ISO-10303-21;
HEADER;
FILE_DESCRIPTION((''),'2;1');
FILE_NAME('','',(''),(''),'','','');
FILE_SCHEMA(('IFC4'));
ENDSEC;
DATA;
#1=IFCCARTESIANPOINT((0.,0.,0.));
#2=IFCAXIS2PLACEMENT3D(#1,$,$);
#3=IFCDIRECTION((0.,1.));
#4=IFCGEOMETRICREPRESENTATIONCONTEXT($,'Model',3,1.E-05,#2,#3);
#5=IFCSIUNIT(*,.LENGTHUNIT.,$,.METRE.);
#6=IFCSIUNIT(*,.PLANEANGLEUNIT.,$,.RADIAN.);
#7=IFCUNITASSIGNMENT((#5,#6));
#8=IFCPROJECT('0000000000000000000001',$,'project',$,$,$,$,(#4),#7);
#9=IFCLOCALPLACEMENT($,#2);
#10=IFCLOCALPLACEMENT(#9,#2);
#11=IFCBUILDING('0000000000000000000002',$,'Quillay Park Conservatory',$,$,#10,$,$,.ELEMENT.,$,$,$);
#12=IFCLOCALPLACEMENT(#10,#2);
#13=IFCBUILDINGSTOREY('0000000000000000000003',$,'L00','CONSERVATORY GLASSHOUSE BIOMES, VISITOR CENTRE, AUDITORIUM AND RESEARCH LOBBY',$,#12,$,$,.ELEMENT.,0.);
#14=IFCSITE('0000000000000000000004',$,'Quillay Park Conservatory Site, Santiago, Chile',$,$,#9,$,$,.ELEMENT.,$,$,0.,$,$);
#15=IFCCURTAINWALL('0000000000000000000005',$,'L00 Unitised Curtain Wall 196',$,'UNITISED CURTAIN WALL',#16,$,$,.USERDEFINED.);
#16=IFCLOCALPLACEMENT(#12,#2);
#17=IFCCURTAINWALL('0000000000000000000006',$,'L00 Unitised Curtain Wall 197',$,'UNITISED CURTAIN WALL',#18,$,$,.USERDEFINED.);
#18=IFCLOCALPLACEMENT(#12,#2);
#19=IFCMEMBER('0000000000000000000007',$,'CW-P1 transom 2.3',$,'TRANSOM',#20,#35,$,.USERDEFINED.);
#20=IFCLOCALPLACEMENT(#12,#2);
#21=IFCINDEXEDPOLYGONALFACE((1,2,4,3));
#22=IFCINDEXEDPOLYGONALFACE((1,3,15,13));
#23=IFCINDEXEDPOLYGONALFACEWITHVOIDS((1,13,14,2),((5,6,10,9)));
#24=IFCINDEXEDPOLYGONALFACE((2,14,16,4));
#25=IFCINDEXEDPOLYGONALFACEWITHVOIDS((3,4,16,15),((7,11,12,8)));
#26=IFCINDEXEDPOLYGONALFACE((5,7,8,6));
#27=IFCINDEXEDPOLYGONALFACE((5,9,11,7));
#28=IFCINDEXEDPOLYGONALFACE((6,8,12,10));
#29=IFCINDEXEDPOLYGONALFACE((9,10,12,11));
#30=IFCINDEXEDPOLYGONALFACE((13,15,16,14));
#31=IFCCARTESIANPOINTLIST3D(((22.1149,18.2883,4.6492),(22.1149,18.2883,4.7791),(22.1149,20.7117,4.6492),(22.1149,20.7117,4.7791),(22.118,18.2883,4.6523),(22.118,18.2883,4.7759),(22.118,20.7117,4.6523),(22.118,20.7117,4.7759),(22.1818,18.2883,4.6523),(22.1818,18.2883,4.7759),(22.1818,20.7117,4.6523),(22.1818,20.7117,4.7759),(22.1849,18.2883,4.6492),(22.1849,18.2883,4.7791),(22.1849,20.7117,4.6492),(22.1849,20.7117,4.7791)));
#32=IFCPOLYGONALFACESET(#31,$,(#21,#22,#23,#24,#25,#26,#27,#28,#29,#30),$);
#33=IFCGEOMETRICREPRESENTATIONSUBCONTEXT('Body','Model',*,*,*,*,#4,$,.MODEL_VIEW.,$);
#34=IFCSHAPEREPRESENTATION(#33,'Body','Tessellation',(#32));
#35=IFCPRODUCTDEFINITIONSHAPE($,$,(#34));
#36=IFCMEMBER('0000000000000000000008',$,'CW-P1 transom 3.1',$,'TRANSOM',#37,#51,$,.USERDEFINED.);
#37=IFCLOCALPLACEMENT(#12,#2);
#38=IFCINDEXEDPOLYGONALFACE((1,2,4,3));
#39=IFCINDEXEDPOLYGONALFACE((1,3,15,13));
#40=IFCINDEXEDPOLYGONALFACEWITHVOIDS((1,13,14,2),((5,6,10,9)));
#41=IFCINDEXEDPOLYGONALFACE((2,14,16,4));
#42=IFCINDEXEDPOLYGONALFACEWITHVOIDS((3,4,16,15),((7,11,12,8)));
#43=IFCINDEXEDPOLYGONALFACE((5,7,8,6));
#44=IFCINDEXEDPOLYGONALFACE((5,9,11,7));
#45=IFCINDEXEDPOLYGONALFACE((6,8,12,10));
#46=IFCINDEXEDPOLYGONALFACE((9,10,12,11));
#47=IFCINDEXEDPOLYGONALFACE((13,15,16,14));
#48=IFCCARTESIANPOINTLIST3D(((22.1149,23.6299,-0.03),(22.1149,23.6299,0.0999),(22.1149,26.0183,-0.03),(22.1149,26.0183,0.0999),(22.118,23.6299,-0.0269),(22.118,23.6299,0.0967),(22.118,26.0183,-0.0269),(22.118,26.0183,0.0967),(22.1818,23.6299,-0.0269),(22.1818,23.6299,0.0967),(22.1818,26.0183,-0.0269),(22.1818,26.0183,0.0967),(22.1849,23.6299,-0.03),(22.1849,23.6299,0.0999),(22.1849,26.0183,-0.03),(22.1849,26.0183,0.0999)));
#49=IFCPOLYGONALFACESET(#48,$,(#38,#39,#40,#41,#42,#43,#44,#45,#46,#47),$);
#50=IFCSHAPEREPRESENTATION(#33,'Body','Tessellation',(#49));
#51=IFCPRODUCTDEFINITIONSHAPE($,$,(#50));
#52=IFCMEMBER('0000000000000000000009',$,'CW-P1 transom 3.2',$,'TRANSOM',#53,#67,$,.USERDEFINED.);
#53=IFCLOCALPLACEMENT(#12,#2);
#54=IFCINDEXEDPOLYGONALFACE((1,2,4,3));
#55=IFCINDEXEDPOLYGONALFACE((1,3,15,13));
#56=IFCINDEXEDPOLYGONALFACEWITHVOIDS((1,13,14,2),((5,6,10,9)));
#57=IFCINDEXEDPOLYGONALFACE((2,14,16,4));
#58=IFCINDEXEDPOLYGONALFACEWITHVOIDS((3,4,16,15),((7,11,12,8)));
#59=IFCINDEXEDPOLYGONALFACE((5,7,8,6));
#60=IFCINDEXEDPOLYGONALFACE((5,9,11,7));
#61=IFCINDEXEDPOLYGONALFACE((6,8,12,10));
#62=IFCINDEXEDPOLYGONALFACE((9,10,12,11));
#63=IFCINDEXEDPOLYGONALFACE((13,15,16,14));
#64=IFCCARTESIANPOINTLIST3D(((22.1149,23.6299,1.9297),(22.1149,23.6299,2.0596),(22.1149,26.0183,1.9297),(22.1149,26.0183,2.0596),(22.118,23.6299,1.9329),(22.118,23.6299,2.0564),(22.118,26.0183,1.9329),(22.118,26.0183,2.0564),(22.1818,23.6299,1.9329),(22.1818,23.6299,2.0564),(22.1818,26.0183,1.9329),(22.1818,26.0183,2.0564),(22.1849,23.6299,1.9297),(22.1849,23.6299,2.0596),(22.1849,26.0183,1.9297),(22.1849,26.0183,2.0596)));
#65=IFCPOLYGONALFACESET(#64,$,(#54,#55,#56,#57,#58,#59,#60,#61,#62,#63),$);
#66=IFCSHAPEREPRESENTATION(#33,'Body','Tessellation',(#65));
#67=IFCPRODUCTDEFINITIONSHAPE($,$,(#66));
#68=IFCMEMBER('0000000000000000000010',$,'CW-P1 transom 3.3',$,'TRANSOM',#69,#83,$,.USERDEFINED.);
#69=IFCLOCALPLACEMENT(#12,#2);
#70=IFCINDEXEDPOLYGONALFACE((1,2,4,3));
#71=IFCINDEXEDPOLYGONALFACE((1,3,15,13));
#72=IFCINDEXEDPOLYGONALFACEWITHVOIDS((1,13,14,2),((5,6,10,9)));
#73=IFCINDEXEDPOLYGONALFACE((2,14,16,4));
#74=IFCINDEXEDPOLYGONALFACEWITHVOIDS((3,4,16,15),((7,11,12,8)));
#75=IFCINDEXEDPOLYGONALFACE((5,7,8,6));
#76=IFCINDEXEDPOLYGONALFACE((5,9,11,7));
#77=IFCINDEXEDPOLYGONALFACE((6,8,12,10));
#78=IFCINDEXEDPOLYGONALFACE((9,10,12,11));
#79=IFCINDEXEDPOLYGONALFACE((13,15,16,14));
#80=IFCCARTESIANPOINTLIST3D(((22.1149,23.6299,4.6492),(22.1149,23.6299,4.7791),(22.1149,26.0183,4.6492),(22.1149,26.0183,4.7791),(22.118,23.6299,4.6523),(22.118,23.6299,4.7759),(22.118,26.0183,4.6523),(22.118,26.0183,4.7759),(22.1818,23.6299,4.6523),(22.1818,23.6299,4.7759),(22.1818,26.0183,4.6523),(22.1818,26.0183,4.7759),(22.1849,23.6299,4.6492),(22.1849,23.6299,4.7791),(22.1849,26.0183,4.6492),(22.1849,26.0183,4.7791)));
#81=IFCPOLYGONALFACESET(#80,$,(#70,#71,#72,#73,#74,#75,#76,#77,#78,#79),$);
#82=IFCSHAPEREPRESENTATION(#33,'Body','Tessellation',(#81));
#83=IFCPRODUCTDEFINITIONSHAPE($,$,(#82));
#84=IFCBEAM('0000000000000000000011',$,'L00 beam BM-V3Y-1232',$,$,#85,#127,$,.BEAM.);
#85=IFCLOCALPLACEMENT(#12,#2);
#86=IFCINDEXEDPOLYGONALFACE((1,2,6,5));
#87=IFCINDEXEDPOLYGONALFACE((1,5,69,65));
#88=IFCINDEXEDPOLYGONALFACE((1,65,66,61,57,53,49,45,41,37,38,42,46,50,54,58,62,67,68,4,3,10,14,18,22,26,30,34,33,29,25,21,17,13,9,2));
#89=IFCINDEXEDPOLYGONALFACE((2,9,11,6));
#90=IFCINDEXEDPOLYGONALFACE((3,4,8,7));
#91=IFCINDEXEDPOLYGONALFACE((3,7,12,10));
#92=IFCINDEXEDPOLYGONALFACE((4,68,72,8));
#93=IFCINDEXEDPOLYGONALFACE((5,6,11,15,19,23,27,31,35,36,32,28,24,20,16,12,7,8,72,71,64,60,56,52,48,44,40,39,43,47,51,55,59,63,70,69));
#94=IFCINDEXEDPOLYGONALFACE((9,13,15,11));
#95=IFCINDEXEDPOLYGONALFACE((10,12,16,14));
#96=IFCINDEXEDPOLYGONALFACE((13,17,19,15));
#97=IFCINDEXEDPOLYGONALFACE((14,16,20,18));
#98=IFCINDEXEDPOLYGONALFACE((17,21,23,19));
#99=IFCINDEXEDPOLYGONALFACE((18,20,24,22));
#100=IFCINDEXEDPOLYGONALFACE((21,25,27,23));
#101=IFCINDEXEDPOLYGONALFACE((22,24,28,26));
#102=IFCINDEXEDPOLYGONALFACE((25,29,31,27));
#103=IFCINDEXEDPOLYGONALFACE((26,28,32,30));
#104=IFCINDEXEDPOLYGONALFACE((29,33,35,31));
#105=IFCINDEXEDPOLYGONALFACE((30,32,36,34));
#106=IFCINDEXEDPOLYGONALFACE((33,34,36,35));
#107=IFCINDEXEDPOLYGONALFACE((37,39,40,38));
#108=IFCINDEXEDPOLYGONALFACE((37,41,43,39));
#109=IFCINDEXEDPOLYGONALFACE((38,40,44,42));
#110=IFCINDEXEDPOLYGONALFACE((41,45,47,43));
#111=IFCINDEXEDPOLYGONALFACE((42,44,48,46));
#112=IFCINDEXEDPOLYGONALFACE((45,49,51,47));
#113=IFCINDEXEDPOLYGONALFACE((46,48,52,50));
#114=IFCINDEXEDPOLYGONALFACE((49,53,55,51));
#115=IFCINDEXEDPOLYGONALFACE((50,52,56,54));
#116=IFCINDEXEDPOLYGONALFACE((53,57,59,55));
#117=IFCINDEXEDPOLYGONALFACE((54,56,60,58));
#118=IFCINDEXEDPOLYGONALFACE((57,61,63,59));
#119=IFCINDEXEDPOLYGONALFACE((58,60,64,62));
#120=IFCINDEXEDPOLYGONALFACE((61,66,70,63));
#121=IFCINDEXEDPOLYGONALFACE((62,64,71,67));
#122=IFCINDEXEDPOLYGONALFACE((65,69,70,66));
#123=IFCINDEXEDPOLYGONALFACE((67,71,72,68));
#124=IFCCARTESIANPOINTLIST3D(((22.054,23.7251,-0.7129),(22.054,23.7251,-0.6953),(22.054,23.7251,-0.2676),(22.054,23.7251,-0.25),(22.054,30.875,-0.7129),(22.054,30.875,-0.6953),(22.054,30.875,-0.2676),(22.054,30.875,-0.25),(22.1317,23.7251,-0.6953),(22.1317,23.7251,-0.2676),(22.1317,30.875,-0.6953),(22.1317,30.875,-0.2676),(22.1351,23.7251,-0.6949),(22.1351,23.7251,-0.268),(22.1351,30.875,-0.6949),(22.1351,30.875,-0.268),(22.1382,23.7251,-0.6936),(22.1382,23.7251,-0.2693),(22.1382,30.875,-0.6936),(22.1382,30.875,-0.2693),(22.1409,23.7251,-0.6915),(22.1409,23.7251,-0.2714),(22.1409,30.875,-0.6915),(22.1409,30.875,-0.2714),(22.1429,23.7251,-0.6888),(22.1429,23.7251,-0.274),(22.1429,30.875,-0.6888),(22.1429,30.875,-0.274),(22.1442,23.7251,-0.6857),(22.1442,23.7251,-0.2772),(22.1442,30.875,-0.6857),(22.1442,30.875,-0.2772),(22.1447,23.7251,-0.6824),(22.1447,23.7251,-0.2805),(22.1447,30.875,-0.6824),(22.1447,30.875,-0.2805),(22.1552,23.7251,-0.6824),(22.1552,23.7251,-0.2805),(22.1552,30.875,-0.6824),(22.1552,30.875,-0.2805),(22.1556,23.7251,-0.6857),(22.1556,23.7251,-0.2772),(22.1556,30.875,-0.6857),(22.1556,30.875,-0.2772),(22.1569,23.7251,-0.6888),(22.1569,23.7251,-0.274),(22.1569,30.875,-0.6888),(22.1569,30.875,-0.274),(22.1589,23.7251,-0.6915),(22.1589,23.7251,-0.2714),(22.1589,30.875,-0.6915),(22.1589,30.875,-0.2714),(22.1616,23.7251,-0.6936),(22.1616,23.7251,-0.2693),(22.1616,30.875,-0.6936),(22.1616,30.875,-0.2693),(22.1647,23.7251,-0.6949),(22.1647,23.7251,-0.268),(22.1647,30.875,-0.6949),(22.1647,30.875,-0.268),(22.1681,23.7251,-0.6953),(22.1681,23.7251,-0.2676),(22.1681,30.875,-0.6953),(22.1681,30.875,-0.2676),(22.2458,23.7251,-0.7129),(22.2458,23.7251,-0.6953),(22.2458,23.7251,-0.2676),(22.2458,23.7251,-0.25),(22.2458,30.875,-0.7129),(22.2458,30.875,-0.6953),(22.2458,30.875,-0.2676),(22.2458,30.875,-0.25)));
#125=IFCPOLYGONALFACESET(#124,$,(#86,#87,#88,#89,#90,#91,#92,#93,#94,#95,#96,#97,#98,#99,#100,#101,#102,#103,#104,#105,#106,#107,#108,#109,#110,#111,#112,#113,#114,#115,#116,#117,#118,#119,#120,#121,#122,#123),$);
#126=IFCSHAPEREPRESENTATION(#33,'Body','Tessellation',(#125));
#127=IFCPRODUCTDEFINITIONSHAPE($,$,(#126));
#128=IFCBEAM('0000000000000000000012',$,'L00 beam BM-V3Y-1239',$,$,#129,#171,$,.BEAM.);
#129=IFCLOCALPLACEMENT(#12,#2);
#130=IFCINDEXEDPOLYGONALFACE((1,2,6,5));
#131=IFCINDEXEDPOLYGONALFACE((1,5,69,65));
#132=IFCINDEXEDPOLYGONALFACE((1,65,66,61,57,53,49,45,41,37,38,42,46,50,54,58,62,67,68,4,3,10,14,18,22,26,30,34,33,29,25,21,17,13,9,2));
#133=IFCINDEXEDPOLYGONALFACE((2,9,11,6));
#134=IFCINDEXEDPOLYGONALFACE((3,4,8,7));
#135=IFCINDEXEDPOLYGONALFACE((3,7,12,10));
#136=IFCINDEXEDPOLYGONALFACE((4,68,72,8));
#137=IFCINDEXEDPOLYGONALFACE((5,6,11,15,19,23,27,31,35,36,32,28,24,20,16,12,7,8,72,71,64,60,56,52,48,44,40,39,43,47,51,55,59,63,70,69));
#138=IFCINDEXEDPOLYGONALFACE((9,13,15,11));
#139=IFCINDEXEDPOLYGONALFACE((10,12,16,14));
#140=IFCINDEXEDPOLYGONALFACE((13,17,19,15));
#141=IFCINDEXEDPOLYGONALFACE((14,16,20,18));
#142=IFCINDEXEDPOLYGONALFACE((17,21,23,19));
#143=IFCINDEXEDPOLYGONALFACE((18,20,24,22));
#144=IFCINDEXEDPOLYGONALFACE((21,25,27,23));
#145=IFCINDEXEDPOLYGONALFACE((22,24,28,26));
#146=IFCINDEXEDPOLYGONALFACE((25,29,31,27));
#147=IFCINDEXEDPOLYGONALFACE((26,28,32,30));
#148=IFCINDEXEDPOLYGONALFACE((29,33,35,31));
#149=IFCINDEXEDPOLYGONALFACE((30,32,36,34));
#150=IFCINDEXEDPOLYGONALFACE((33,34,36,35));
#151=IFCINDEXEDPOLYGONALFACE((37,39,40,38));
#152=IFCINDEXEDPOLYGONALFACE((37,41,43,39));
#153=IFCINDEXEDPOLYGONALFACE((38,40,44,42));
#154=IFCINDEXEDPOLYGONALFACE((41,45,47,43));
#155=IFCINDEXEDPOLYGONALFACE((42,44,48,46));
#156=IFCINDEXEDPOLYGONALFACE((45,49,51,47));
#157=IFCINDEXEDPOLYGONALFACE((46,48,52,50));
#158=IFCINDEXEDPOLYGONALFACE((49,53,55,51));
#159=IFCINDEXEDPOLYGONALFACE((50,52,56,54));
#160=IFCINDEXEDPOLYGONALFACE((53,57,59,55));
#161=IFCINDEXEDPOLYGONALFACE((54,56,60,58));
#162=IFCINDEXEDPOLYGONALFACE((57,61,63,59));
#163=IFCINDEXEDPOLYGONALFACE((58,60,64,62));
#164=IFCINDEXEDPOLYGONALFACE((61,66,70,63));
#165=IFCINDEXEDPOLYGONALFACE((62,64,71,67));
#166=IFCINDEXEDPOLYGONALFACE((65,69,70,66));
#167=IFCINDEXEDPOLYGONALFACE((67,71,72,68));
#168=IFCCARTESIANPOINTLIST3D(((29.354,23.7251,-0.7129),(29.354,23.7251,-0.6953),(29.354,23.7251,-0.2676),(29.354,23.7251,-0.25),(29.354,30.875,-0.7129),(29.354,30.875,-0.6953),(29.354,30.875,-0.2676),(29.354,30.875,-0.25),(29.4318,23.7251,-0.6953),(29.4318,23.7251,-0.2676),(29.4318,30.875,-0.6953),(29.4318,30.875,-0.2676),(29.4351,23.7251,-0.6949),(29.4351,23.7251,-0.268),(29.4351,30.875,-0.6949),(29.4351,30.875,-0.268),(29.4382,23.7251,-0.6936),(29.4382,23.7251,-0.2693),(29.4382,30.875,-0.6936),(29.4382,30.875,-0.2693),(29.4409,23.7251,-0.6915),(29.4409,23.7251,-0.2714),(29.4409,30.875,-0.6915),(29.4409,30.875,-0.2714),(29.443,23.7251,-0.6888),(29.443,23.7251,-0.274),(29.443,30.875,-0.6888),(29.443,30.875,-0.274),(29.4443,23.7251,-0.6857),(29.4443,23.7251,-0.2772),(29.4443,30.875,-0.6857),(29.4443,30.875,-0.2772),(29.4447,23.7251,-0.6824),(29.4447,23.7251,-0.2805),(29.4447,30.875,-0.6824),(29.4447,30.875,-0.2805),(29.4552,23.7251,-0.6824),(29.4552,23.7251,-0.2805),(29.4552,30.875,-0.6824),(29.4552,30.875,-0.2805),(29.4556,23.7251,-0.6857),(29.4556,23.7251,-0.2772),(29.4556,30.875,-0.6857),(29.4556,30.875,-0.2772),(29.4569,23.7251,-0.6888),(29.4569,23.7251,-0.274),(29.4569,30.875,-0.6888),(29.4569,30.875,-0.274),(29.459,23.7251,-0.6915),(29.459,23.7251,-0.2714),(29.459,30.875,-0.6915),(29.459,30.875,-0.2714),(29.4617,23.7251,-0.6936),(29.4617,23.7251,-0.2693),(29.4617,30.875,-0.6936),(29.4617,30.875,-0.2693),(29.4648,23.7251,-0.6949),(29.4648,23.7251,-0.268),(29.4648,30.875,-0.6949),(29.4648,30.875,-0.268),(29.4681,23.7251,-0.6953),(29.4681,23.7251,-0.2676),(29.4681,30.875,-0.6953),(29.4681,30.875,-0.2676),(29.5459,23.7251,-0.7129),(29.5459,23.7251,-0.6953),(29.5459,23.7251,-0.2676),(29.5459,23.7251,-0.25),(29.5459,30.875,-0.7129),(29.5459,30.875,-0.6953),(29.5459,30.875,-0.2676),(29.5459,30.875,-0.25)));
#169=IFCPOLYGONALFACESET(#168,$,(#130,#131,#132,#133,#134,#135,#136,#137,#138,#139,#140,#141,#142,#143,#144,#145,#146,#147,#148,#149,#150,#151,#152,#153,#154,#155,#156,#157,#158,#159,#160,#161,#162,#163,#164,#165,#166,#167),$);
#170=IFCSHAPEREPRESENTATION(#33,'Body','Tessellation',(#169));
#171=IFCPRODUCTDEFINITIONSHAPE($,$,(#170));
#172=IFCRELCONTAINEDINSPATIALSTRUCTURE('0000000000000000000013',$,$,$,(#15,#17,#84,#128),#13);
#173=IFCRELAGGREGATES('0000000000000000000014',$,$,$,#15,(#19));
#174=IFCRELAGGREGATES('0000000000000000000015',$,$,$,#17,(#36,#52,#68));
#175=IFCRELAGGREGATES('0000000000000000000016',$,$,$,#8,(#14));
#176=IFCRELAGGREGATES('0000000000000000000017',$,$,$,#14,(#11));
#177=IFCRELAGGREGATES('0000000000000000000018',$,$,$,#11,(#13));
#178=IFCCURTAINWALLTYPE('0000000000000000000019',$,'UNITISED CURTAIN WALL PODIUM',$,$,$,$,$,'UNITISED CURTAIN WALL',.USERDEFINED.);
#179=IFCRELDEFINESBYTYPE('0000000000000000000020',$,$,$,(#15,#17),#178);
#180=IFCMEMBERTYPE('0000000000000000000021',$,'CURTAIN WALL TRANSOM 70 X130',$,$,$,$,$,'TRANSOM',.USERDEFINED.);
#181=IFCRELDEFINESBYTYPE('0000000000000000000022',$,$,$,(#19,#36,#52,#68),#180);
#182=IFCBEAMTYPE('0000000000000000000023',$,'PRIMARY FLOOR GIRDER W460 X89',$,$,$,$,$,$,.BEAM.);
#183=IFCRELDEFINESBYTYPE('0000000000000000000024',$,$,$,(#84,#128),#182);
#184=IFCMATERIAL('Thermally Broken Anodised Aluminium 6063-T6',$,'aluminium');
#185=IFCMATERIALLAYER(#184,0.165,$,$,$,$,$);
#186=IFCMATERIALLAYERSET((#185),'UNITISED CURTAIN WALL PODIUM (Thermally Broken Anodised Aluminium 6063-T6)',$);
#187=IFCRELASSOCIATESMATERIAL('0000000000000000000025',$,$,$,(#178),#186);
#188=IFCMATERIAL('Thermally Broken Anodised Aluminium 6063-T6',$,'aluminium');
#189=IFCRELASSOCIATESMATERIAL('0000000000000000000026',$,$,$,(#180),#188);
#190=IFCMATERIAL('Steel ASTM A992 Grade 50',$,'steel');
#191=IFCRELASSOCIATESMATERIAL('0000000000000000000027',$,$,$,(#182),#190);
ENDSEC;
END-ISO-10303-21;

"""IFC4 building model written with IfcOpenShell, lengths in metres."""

from ifc_helpers import new_model, si_unit, direction, frame, origin, origin_2d, place, context, subcontext, project, spatial, hollow_rectangle, i_section, extrude, material, layer, layer_set, material_profile, profile_set, type_object, element, aggregate, save


model = new_model("IFC4")

# Units and contexts
model_context = context("Model", 3, precision=1e-05, world=origin(), true_north=direction((0.0, 1.0)))
body_context = subcontext(model_context, "Body", "Model", "MODEL_VIEW")
ifc_project = project(units=[si_unit("LENGTHUNIT", "METRE"), si_unit("PLANEANGLEUNIT", "RADIAN")], contexts=[model_context])

# Site, building, storey
site_placement = place(None, origin())
site = spatial("IfcSite", under=ifc_project, at=site_placement, Name="Quillay Park Conservatory Site, Santiago, Chile", CompositionType="ELEMENT", RefElevation=0.0)
building_placement = place(site_placement, origin())
building = spatial("IfcBuilding", under=site, at=building_placement, Name="Quillay Park Conservatory", CompositionType="ELEMENT")
storey_placement = place(building_placement, origin())
storey = spatial("IfcBuildingStorey", under=building, at=storey_placement, Name="L00", Description="CONSERVATORY GLASSHOUSE BIOMES, VISITOR CENTRE, AUDITORIUM AND RESEARCH LOBBY", CompositionType="ELEMENT", Elevation=0.0)

# Curtain walls
ifc_material_1 = material(Name="Thermally Broken Anodised Aluminium 6063-T6", Category="aluminium")
ifc_layer_1 = layer(ifc_material_1, 0.165)
ifc_layer_set_1 = layer_set([ifc_layer_1], Name="UNITISED CURTAIN WALL PODIUM (Thermally Broken Anodised Aluminium 6063-T6)")
curtain_wall_type = type_object("IfcCurtainWallType", Name="UNITISED CURTAIN WALL PODIUM", ElementType="UNITISED CURTAIN WALL", PredefinedType="USERDEFINED", material=ifc_layer_set_1)
curtain_wall_1_placement = place(storey_placement, origin())
curtain_wall_1 = element("IfcCurtainWall", 1, at=curtain_wall_1_placement, inside=storey, type_object=curtain_wall_type, Name="L00 Unitised Curtain Wall 196", ObjectType="UNITISED CURTAIN WALL", PredefinedType="USERDEFINED")
curtain_wall_2_placement = place(storey_placement, origin())
curtain_wall_2 = element("IfcCurtainWall", 2, at=curtain_wall_2_placement, inside=storey, type_object=curtain_wall_type, Name="L00 Unitised Curtain Wall 197", ObjectType="UNITISED CURTAIN WALL", PredefinedType="USERDEFINED")

# Members
ifc_material_2 = material(Name="Thermally Broken Anodised Aluminium 6063-T6", Category="aluminium")
ifc_material_profile_1 = material_profile(ifc_material_2, hollow_rectangle(XDim=0.0701, YDim=0.1299, WallThickness=0.0032, at=origin_2d()), Name="AL70x130x3.2")
ifc_profile_set_1 = profile_set([ifc_material_profile_1], Name="Thermally Broken Anodised Aluminium 6063-T6")
member_type_1 = type_object("IfcMemberType", Name="CURTAIN WALL TRANSOM 70 X130", ElementType="TRANSOM", PredefinedType="USERDEFINED", material=ifc_profile_set_1)
member_1_placement = place(storey_placement, frame((22.1499, 20.7117, 4.7141), z_axis=(0.0, -1.0, 0.0), x_axis=(1.0, 0.0, 0.0)))
member_1 = element("IfcMember", 3, at=member_1_placement, type_object=member_type_1, Name="CW-P1 transom 2.3", ObjectType="TRANSOM", PredefinedType="USERDEFINED", context=body_context, shape_type="SweptSolid", body=[
    extrude(hollow_rectangle(XDim=0.0701, YDim=0.1299, WallThickness=0.0032, at=origin_2d()), origin(), (0.0, 0.0, 1.0), 2.4233),
])
member_2_placement = place(storey_placement, frame((22.1499, 26.0183, 0.0349), z_axis=(0.0, -1.0, 0.0), x_axis=(1.0, 0.0, 0.0)))
member_2 = element("IfcMember", 4, at=member_2_placement, type_object=member_type_1, Name="CW-P1 transom 3.1", ObjectType="TRANSOM", PredefinedType="USERDEFINED", context=body_context, shape_type="SweptSolid", body=[
    extrude(hollow_rectangle(XDim=0.0701, YDim=0.1299, WallThickness=0.0032, at=origin_2d()), origin(), (0.0, 0.0, 1.0), 2.3884),
])
member_3_placement = place(storey_placement, frame((22.1499, 26.0183, 1.9946), z_axis=(0.0, -1.0, 0.0), x_axis=(1.0, 0.0, 0.0)))
member_3 = element("IfcMember", 5, at=member_3_placement, type_object=member_type_1, Name="CW-P1 transom 3.2", ObjectType="TRANSOM", PredefinedType="USERDEFINED", context=body_context, shape_type="SweptSolid", body=[
    extrude(hollow_rectangle(XDim=0.0701, YDim=0.1299, WallThickness=0.0032, at=origin_2d()), origin(), (0.0, 0.0, 1.0), 2.3884),
])
member_4_placement = place(storey_placement, frame((22.1499, 26.0183, 4.7141), z_axis=(0.0, -1.0, 0.0), x_axis=(1.0, 0.0, 0.0)))
member_4 = element("IfcMember", 6, at=member_4_placement, type_object=member_type_1, Name="CW-P1 transom 3.3", ObjectType="TRANSOM", PredefinedType="USERDEFINED", context=body_context, shape_type="SweptSolid", body=[
    extrude(hollow_rectangle(XDim=0.0701, YDim=0.1299, WallThickness=0.0032, at=origin_2d()), origin(), (0.0, 0.0, 1.0), 2.3884),
])

# Beams
ifc_material_3 = material(Name="Steel ASTM A992 Grade 50", Category="steel")
ifc_material_profile_2 = material_profile(ifc_material_3, i_section(OverallWidth=0.1919, OverallDepth=0.4629, WebThickness=0.0105, FlangeThickness=0.0176, FilletRadius=0.0129, at=origin_2d()), Name="W460x89")
ifc_profile_set_2 = profile_set([ifc_material_profile_2], Name="Steel ASTM A992 Grade 50")
beam_type_1 = type_object("IfcBeamType", Name="PRIMARY FLOOR GIRDER W460 X89", PredefinedType="BEAM", material=ifc_profile_set_2)
for number, where, z_axis, x_axis, name in (
    (7, (22.1499, 23.7251, -0.4814), (0.0, 1.0, 0.0), (-1.0, 0.0, 0.0), "L00 beam BM-V3Y-1232"),
    (8, (29.45, 23.7251, -0.4814), (0.0, 1.0, 0.0), (-1.0, 0.0, 0.0), "L00 beam BM-V3Y-1239"),
):
    element("IfcBeam", number, at=place(storey_placement, frame(where, z_axis=z_axis, x_axis=x_axis)), inside=storey, type_object=beam_type_1, Name=name, PredefinedType="BEAM", context=body_context, shape_type="SweptSolid", body=[
        extrude(i_section(OverallWidth=0.1919, OverallDepth=0.4629, WebThickness=0.0105, FlangeThickness=0.0176, FilletRadius=0.0129, at=origin_2d()), origin(), (0.0, 0.0, 1.0), 7.1499),
    ])

aggregate(curtain_wall_1, [member_1])
aggregate(curtain_wall_2, [member_2, member_3, member_4])

save(model, "model.ifc")
